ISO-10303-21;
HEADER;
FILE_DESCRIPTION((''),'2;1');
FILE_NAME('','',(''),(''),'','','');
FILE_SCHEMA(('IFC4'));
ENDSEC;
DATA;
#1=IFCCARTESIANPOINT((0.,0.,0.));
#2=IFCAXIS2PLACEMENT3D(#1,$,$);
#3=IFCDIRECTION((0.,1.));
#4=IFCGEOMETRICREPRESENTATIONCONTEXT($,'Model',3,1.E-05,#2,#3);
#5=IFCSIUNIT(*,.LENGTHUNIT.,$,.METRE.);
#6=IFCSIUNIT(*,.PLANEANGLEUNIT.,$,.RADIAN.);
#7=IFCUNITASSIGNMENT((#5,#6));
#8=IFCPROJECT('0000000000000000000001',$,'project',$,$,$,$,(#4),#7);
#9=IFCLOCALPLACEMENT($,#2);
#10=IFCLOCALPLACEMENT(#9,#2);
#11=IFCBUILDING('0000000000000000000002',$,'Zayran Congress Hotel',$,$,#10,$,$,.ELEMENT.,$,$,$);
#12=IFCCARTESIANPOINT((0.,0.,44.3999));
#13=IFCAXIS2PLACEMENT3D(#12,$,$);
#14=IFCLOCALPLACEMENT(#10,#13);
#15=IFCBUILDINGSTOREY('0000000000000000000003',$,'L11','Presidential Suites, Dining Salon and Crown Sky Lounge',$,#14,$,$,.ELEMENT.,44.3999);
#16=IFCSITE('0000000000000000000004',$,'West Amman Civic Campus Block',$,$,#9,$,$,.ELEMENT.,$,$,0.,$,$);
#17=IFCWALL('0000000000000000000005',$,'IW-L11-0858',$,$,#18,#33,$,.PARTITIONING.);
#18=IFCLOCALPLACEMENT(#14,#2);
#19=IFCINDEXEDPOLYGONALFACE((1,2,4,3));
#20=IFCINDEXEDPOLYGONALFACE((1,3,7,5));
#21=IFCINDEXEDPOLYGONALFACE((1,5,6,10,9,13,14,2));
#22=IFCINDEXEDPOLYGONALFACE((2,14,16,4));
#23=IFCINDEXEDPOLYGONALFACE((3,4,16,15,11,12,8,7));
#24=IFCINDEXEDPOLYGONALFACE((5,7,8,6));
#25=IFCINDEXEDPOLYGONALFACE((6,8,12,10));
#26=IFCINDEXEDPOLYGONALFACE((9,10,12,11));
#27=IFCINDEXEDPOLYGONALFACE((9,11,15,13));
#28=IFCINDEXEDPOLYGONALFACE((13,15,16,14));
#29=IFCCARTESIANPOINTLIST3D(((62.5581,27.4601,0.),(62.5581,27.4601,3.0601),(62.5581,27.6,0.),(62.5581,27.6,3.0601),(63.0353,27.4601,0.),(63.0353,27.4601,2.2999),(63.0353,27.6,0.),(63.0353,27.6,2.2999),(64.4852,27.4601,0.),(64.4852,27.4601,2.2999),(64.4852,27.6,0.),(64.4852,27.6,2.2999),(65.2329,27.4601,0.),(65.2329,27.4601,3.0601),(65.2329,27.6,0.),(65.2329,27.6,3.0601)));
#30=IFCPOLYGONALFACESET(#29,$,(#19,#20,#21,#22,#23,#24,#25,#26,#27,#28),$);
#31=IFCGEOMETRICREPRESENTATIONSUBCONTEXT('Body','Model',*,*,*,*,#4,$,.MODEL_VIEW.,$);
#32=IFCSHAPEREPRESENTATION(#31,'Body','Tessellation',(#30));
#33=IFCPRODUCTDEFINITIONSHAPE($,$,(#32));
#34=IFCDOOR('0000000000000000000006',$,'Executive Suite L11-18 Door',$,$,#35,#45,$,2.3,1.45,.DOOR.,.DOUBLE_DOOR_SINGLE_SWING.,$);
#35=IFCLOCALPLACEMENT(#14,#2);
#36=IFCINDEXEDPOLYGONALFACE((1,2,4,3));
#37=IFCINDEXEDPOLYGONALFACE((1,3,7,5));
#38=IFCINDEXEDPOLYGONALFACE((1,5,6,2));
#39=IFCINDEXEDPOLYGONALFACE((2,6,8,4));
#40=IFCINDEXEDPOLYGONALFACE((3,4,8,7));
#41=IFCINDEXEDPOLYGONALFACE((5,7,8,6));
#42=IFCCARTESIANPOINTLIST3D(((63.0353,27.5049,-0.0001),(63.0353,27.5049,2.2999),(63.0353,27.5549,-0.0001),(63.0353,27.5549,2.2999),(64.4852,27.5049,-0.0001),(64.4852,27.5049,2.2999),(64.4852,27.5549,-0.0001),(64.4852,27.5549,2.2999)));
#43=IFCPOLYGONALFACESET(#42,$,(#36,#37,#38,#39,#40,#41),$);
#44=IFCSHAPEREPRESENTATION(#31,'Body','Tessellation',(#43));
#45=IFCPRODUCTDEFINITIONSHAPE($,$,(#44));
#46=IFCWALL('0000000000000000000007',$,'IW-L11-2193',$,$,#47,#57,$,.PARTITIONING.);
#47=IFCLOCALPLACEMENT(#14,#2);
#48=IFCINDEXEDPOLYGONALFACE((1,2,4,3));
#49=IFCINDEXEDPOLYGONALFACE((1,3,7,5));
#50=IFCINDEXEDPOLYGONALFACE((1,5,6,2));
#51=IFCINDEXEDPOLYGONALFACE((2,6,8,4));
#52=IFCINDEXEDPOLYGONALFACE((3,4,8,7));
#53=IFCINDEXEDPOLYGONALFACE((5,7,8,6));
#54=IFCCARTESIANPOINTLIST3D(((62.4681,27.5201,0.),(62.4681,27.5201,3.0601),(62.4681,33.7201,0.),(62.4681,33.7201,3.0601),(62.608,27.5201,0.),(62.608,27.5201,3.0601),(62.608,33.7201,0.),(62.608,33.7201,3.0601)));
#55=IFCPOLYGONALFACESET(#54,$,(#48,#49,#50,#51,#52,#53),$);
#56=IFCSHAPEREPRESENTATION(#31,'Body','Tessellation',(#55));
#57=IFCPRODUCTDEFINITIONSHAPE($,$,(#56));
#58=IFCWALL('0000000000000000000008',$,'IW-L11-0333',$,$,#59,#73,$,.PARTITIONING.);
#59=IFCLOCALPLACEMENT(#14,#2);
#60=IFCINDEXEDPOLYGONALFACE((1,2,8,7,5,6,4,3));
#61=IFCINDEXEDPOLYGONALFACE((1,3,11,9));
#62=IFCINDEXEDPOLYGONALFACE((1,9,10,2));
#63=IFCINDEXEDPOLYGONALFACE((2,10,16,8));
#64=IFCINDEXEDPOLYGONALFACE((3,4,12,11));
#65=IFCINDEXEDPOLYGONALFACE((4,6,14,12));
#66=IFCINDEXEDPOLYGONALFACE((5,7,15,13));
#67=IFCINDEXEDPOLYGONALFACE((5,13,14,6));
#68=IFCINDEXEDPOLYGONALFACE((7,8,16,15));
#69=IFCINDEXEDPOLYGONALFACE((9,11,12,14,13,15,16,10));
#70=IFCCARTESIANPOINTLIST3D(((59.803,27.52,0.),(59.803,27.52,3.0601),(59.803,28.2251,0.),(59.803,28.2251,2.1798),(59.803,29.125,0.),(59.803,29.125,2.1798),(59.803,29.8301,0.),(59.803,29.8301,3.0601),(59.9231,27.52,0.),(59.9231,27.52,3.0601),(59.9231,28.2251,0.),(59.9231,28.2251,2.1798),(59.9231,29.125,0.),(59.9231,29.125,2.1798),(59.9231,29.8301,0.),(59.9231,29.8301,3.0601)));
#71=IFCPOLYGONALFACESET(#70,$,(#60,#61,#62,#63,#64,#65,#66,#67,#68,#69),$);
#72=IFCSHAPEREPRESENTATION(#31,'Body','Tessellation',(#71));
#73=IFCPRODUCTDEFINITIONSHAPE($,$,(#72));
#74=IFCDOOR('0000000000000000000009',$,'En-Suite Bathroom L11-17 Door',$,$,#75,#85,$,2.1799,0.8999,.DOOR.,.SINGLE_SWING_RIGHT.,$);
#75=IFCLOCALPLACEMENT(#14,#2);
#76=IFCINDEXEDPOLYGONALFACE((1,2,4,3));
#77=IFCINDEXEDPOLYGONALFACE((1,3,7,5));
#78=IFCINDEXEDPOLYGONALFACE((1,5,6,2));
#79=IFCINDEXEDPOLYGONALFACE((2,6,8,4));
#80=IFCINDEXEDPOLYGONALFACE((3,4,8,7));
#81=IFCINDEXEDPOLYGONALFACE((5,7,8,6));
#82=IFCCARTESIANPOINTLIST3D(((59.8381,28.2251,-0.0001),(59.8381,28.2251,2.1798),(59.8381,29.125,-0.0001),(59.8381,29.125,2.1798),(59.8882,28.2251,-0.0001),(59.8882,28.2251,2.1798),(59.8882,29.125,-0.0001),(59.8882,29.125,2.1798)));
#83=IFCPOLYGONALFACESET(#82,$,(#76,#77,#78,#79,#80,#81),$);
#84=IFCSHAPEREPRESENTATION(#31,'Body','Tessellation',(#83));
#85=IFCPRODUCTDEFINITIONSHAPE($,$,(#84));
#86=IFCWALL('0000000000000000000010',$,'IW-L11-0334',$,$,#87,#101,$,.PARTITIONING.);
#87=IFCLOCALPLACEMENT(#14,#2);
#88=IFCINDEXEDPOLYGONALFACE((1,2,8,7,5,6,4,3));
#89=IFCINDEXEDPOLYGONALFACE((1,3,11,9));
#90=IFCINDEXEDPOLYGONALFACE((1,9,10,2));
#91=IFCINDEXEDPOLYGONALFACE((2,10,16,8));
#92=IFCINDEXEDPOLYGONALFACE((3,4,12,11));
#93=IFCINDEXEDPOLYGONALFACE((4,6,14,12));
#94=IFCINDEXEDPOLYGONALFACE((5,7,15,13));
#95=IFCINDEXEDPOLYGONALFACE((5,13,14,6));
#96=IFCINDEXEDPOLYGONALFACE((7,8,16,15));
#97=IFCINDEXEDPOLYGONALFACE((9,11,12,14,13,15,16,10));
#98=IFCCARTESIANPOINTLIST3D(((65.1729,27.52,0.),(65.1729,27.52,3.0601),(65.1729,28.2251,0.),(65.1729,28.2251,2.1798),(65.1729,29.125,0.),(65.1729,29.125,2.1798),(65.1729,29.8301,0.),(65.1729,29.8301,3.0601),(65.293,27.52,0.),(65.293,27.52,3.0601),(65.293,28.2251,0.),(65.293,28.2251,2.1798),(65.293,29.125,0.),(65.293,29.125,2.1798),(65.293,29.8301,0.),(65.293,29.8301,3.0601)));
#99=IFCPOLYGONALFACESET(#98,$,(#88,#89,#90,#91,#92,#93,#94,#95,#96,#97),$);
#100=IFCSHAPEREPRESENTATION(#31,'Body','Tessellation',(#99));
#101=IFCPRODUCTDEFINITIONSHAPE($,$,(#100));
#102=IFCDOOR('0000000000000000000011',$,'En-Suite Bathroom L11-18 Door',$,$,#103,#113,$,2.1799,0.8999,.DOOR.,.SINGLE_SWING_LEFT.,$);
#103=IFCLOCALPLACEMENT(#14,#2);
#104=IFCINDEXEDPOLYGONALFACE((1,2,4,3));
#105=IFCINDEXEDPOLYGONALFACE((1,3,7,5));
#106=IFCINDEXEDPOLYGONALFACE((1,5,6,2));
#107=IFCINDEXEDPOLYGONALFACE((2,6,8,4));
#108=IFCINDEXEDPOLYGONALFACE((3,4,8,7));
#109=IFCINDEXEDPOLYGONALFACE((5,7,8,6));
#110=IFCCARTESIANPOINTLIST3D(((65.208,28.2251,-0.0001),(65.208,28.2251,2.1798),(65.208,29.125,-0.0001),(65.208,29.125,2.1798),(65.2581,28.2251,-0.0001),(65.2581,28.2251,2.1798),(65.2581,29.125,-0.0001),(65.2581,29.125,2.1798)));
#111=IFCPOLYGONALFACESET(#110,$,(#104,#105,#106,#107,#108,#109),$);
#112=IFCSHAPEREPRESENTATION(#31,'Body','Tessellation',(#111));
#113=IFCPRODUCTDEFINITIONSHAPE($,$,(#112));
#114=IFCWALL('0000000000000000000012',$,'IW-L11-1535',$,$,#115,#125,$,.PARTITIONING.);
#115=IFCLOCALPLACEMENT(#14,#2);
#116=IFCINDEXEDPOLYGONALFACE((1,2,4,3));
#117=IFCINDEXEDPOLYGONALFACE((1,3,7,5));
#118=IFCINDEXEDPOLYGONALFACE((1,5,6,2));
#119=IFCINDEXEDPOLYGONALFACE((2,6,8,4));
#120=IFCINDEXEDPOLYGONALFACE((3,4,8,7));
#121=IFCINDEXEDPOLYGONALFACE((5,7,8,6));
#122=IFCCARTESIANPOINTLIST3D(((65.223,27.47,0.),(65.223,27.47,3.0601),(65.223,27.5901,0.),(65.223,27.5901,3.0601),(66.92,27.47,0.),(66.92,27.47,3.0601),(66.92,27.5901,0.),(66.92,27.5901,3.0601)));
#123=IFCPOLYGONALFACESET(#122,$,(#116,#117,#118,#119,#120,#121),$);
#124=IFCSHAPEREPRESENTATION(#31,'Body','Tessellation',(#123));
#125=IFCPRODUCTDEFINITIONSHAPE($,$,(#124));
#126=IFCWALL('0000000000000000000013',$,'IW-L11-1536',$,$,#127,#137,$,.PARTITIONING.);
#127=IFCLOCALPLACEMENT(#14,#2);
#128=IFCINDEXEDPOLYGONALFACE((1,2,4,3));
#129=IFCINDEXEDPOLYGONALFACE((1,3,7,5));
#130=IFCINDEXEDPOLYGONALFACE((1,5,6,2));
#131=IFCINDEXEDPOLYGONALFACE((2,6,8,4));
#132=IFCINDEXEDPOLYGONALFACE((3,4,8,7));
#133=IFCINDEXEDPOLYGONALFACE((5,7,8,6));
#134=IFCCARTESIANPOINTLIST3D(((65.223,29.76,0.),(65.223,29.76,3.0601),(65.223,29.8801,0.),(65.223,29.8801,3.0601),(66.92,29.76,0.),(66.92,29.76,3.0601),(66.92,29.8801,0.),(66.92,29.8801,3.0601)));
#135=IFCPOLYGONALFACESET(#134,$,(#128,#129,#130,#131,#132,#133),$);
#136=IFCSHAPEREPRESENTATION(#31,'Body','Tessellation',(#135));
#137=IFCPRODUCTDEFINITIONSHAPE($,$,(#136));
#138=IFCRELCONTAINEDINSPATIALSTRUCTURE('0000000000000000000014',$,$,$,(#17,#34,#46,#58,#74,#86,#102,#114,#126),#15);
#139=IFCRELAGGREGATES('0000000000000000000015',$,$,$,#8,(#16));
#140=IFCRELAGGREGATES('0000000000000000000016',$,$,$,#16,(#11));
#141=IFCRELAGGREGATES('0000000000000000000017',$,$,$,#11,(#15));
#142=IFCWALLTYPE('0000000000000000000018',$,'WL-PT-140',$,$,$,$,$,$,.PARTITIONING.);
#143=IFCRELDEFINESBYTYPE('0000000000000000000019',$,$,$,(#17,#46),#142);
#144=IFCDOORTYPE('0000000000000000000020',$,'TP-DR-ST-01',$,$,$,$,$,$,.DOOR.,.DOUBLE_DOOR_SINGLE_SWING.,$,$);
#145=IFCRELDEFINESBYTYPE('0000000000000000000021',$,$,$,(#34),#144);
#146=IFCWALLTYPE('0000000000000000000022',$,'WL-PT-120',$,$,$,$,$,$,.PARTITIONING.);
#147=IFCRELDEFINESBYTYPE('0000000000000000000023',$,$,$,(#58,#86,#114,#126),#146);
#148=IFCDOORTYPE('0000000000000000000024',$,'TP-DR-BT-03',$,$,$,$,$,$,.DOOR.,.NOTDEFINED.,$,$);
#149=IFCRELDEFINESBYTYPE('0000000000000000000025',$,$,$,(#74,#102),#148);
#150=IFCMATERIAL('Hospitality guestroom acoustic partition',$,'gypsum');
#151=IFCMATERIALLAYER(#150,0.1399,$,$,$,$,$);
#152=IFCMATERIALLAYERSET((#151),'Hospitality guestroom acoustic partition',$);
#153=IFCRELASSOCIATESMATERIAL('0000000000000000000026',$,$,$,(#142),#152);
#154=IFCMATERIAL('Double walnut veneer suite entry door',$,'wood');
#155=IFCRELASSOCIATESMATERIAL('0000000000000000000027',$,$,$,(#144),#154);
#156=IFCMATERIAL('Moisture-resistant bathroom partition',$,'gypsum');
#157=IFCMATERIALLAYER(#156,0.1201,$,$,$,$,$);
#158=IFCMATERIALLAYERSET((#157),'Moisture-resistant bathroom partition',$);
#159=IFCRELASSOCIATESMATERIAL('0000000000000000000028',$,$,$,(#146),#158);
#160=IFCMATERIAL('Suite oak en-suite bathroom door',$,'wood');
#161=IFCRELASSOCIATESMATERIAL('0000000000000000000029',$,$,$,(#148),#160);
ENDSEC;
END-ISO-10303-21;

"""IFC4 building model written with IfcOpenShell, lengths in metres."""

from ifc_helpers import new_model, si_unit, direction, frame, frame_2d, origin, place, context, subcontext, project, spatial, rectangle, extrude, material, layer, layer_set, type_object, element, fill, save


model = new_model("IFC4")

# Units and contexts
model_context = context("Model", 3, precision=1e-05, world=origin(), true_north=direction((0.0, 1.0)))
body_context = subcontext(model_context, "Body", "Model", "MODEL_VIEW")
ifc_project = project(units=[si_unit("LENGTHUNIT", "METRE"), si_unit("PLANEANGLEUNIT", "RADIAN")], contexts=[model_context])

# Site, building, storey
site_placement = place(None, origin())
site = spatial("IfcSite", under=ifc_project, at=site_placement, Name="West Amman Civic Campus Block", CompositionType="ELEMENT", RefElevation=0.0)
building_placement = place(site_placement, origin())
building = spatial("IfcBuilding", under=site, at=building_placement, Name="Zayran Congress Hotel", CompositionType="ELEMENT")
storey_placement = place(building_placement, frame((0.0, 0.0, 44.3999)))
storey = spatial("IfcBuildingStorey", under=building, at=storey_placement, Name="L11", Description="Presidential Suites, Dining Salon and Crown Sky Lounge", CompositionType="ELEMENT", Elevation=44.3999)

# Wall, opening, door
ifc_material_1 = material(Name="Hospitality guestroom acoustic partition", Category="gypsum")
ifc_layer_1 = layer(ifc_material_1, 0.1399)
ifc_layer_set_1 = layer_set([ifc_layer_1], Name="Hospitality guestroom acoustic partition")
wall_type_1 = type_object("IfcWallType", Name="WL-PT-140", PredefinedType="PARTITIONING", material=ifc_layer_set_1)
wall_1_placement = place(storey_placement, frame((62.5581, 27.53, 0.0), z_axis=(0.0, 0.0, 1.0), x_axis=(1.0, 0.0, 0.0)))
wall_1 = element("IfcWall", 1, at=wall_1_placement, inside=storey, type_object=wall_type_1, Name="IW-L11-0858", PredefinedType="PARTITIONING", context=body_context, shape_type="SweptSolid", body=[
    extrude(rectangle(XDim=2.6748, YDim=0.1399, at=frame_2d((1.3374, 0.0))), origin(), (0.0, 0.0, 1.0), 3.0601),
])
opening_1_placement = place(wall_1_placement, frame((0.4771, 0.0, 0.0)))
opening_1 = element("IfcOpeningElement", 2, at=opening_1_placement, cuts=wall_1, PredefinedType="OPENING", context=body_context, shape_type="SweptSolid", body=[
    extrude(rectangle(XDim=1.45, YDim=2.3, at=frame_2d((0.7251, 1.1499))), frame((0.0, 0.0798, 0.0), z_axis=(0.0, -1.0, 0.0), x_axis=(1.0, 0.0, 0.0)), (0.0, 0.0, 1.0), 0.1599),
])
ifc_material_2 = material(Name="Double walnut veneer suite entry door", Category="wood")
door_type_1 = type_object("IfcDoorType", Name="TP-DR-ST-01", OperationType="DOUBLE_DOOR_SINGLE_SWING", PredefinedType="DOOR", material=ifc_material_2)
door_1_placement = place(opening_1_placement, origin())
door_1 = element("IfcDoor", 3, at=door_1_placement, inside=storey, type_object=door_type_1, Name="Executive Suite L11-18 Door", OperationType="DOUBLE_DOOR_SINGLE_SWING", OverallHeight=2.3, OverallWidth=1.45, PredefinedType="DOOR", context=body_context, shape_type="SweptSolid", body=[
    extrude(rectangle(XDim=1.45, YDim=2.3, at=frame_2d((0.7251, 1.1499))), frame((0.0, 0.0249, 0.0), z_axis=(0.0, -1.0, 0.0), x_axis=(1.0, 0.0, 0.0)), (0.0, 0.0, 1.0), 0.05),
])
fill(opening_1, door_1)

# Wall
wall_2_placement = place(storey_placement, frame((62.5381, 27.52, 0.0), z_axis=(0.0, 0.0, 1.0), x_axis=(0.0, 1.0, 0.0)))
element("IfcWall", 4, at=wall_2_placement, inside=storey, type_object=wall_type_1, Name="IW-L11-2193", PredefinedType="PARTITIONING", context=body_context, shape_type="SweptSolid", body=[
    extrude(rectangle(XDim=6.2, YDim=0.1399, at=frame_2d((3.1001, 0.0))), origin(), (0.0, 0.0, 1.0), 3.0601),
])

# Walls, openings, doors
ifc_material_3 = material(Name="Moisture-resistant bathroom partition", Category="gypsum")
ifc_layer_2 = layer(ifc_material_3, 0.1201)
ifc_layer_set_2 = layer_set([ifc_layer_2], Name="Moisture-resistant bathroom partition")
wall_type_2 = type_object("IfcWallType", Name="WL-PT-120", PredefinedType="PARTITIONING", material=ifc_layer_set_2)
wall_3_placement = place(storey_placement, frame((59.863, 27.52, 0.0), z_axis=(0.0, 0.0, 1.0), x_axis=(0.0, 1.0, 0.0)))
wall_3 = element("IfcWall", 5, at=wall_3_placement, inside=storey, type_object=wall_type_2, Name="IW-L11-0333", PredefinedType="PARTITIONING", context=body_context, shape_type="SweptSolid", body=[
    extrude(rectangle(XDim=2.3101, YDim=0.1201, at=frame_2d((1.155, 0.0))), origin(), (0.0, 0.0, 1.0), 3.0601),
])
opening_2_placement = place(wall_3_placement, frame((0.7051, 0.0, 0.0)))
opening_2 = element("IfcOpeningElement", 6, at=opening_2_placement, cuts=wall_3, PredefinedType="OPENING", context=body_context, shape_type="SweptSolid", body=[
    extrude(rectangle(XDim=0.8999, YDim=2.1799, at=frame_2d((0.45, 1.0898))), frame((0.0, 0.0701, 0.0), z_axis=(0.0, -1.0, 0.0), x_axis=(1.0, 0.0, 0.0)), (0.0, 0.0, 1.0), 0.1401),
])
ifc_material_4 = material(Name="Suite oak en-suite bathroom door", Category="wood")
door_type_2 = type_object("IfcDoorType", Name="TP-DR-BT-03", OperationType="NOTDEFINED", PredefinedType="DOOR", material=ifc_material_4)
door_2_placement = place(opening_2_placement, origin())
door_2 = element("IfcDoor", 7, at=door_2_placement, inside=storey, type_object=door_type_2, Name="En-Suite Bathroom L11-17 Door", OperationType="SINGLE_SWING_RIGHT", OverallHeight=2.1799, OverallWidth=0.8999, PredefinedType="DOOR", context=body_context, shape_type="SweptSolid", body=[
    extrude(rectangle(XDim=0.8999, YDim=2.1799, at=frame_2d((0.45, 1.0898))), frame((0.0, 0.0249, 0.0), z_axis=(0.0, -1.0, 0.0), x_axis=(1.0, 0.0, 0.0)), (0.0, 0.0, 1.0), 0.05),
])
fill(opening_2, door_2)
wall_4_placement = place(storey_placement, frame((65.2329, 27.52, 0.0), z_axis=(0.0, 0.0, 1.0), x_axis=(0.0, 1.0, 0.0)))
wall_4 = element("IfcWall", 8, at=wall_4_placement, inside=storey, type_object=wall_type_2, Name="IW-L11-0334", PredefinedType="PARTITIONING", context=body_context, shape_type="SweptSolid", body=[
    extrude(rectangle(XDim=2.3101, YDim=0.1201, at=frame_2d((1.155, 0.0))), origin(), (0.0, 0.0, 1.0), 3.0601),
])
opening_3_placement = place(wall_4_placement, frame((0.7051, 0.0, 0.0)))
opening_3 = element("IfcOpeningElement", 9, at=opening_3_placement, cuts=wall_4, PredefinedType="OPENING", context=body_context, shape_type="SweptSolid", body=[
    extrude(rectangle(XDim=0.8999, YDim=2.1799, at=frame_2d((0.45, 1.0898))), frame((0.0, 0.0701, 0.0), z_axis=(0.0, -1.0, 0.0), x_axis=(1.0, 0.0, 0.0)), (0.0, 0.0, 1.0), 0.1401),
])
door_3_placement = place(opening_3_placement, origin())
door_3 = element("IfcDoor", 10, at=door_3_placement, inside=storey, type_object=door_type_2, Name="En-Suite Bathroom L11-18 Door", OperationType="SINGLE_SWING_LEFT", OverallHeight=2.1799, OverallWidth=0.8999, PredefinedType="DOOR", context=body_context, shape_type="SweptSolid", body=[
    extrude(rectangle(XDim=0.8999, YDim=2.1799, at=frame_2d((0.45, 1.0898))), frame((0.0, 0.0249, 0.0), z_axis=(0.0, -1.0, 0.0), x_axis=(1.0, 0.0, 0.0)), (0.0, 0.0, 1.0), 0.05),
])
fill(opening_3, door_3)

# Walls
for number, where, z_axis, x_axis, name in (
    (11, (65.2229, 27.53, 0.0), (0.0, 0.0, 1.0), (1.0, 0.0, 0.0), "IW-L11-1535"),
    (12, (65.2229, 29.8201, 0.0), (0.0, 0.0, 1.0), (1.0, 0.0, 0.0), "IW-L11-1536"),
):
    element("IfcWall", number, at=place(storey_placement, frame(where, z_axis=z_axis, x_axis=x_axis)), inside=storey, type_object=wall_type_2, Name=name, PredefinedType="PARTITIONING", context=body_context, shape_type="SweptSolid", body=[
        extrude(rectangle(XDim=1.697, YDim=0.1201, at=frame_2d((0.8486, 0.0))), origin(), (0.0, 0.0, 1.0), 3.0601),
    ])

save(model, "model.ifc")
